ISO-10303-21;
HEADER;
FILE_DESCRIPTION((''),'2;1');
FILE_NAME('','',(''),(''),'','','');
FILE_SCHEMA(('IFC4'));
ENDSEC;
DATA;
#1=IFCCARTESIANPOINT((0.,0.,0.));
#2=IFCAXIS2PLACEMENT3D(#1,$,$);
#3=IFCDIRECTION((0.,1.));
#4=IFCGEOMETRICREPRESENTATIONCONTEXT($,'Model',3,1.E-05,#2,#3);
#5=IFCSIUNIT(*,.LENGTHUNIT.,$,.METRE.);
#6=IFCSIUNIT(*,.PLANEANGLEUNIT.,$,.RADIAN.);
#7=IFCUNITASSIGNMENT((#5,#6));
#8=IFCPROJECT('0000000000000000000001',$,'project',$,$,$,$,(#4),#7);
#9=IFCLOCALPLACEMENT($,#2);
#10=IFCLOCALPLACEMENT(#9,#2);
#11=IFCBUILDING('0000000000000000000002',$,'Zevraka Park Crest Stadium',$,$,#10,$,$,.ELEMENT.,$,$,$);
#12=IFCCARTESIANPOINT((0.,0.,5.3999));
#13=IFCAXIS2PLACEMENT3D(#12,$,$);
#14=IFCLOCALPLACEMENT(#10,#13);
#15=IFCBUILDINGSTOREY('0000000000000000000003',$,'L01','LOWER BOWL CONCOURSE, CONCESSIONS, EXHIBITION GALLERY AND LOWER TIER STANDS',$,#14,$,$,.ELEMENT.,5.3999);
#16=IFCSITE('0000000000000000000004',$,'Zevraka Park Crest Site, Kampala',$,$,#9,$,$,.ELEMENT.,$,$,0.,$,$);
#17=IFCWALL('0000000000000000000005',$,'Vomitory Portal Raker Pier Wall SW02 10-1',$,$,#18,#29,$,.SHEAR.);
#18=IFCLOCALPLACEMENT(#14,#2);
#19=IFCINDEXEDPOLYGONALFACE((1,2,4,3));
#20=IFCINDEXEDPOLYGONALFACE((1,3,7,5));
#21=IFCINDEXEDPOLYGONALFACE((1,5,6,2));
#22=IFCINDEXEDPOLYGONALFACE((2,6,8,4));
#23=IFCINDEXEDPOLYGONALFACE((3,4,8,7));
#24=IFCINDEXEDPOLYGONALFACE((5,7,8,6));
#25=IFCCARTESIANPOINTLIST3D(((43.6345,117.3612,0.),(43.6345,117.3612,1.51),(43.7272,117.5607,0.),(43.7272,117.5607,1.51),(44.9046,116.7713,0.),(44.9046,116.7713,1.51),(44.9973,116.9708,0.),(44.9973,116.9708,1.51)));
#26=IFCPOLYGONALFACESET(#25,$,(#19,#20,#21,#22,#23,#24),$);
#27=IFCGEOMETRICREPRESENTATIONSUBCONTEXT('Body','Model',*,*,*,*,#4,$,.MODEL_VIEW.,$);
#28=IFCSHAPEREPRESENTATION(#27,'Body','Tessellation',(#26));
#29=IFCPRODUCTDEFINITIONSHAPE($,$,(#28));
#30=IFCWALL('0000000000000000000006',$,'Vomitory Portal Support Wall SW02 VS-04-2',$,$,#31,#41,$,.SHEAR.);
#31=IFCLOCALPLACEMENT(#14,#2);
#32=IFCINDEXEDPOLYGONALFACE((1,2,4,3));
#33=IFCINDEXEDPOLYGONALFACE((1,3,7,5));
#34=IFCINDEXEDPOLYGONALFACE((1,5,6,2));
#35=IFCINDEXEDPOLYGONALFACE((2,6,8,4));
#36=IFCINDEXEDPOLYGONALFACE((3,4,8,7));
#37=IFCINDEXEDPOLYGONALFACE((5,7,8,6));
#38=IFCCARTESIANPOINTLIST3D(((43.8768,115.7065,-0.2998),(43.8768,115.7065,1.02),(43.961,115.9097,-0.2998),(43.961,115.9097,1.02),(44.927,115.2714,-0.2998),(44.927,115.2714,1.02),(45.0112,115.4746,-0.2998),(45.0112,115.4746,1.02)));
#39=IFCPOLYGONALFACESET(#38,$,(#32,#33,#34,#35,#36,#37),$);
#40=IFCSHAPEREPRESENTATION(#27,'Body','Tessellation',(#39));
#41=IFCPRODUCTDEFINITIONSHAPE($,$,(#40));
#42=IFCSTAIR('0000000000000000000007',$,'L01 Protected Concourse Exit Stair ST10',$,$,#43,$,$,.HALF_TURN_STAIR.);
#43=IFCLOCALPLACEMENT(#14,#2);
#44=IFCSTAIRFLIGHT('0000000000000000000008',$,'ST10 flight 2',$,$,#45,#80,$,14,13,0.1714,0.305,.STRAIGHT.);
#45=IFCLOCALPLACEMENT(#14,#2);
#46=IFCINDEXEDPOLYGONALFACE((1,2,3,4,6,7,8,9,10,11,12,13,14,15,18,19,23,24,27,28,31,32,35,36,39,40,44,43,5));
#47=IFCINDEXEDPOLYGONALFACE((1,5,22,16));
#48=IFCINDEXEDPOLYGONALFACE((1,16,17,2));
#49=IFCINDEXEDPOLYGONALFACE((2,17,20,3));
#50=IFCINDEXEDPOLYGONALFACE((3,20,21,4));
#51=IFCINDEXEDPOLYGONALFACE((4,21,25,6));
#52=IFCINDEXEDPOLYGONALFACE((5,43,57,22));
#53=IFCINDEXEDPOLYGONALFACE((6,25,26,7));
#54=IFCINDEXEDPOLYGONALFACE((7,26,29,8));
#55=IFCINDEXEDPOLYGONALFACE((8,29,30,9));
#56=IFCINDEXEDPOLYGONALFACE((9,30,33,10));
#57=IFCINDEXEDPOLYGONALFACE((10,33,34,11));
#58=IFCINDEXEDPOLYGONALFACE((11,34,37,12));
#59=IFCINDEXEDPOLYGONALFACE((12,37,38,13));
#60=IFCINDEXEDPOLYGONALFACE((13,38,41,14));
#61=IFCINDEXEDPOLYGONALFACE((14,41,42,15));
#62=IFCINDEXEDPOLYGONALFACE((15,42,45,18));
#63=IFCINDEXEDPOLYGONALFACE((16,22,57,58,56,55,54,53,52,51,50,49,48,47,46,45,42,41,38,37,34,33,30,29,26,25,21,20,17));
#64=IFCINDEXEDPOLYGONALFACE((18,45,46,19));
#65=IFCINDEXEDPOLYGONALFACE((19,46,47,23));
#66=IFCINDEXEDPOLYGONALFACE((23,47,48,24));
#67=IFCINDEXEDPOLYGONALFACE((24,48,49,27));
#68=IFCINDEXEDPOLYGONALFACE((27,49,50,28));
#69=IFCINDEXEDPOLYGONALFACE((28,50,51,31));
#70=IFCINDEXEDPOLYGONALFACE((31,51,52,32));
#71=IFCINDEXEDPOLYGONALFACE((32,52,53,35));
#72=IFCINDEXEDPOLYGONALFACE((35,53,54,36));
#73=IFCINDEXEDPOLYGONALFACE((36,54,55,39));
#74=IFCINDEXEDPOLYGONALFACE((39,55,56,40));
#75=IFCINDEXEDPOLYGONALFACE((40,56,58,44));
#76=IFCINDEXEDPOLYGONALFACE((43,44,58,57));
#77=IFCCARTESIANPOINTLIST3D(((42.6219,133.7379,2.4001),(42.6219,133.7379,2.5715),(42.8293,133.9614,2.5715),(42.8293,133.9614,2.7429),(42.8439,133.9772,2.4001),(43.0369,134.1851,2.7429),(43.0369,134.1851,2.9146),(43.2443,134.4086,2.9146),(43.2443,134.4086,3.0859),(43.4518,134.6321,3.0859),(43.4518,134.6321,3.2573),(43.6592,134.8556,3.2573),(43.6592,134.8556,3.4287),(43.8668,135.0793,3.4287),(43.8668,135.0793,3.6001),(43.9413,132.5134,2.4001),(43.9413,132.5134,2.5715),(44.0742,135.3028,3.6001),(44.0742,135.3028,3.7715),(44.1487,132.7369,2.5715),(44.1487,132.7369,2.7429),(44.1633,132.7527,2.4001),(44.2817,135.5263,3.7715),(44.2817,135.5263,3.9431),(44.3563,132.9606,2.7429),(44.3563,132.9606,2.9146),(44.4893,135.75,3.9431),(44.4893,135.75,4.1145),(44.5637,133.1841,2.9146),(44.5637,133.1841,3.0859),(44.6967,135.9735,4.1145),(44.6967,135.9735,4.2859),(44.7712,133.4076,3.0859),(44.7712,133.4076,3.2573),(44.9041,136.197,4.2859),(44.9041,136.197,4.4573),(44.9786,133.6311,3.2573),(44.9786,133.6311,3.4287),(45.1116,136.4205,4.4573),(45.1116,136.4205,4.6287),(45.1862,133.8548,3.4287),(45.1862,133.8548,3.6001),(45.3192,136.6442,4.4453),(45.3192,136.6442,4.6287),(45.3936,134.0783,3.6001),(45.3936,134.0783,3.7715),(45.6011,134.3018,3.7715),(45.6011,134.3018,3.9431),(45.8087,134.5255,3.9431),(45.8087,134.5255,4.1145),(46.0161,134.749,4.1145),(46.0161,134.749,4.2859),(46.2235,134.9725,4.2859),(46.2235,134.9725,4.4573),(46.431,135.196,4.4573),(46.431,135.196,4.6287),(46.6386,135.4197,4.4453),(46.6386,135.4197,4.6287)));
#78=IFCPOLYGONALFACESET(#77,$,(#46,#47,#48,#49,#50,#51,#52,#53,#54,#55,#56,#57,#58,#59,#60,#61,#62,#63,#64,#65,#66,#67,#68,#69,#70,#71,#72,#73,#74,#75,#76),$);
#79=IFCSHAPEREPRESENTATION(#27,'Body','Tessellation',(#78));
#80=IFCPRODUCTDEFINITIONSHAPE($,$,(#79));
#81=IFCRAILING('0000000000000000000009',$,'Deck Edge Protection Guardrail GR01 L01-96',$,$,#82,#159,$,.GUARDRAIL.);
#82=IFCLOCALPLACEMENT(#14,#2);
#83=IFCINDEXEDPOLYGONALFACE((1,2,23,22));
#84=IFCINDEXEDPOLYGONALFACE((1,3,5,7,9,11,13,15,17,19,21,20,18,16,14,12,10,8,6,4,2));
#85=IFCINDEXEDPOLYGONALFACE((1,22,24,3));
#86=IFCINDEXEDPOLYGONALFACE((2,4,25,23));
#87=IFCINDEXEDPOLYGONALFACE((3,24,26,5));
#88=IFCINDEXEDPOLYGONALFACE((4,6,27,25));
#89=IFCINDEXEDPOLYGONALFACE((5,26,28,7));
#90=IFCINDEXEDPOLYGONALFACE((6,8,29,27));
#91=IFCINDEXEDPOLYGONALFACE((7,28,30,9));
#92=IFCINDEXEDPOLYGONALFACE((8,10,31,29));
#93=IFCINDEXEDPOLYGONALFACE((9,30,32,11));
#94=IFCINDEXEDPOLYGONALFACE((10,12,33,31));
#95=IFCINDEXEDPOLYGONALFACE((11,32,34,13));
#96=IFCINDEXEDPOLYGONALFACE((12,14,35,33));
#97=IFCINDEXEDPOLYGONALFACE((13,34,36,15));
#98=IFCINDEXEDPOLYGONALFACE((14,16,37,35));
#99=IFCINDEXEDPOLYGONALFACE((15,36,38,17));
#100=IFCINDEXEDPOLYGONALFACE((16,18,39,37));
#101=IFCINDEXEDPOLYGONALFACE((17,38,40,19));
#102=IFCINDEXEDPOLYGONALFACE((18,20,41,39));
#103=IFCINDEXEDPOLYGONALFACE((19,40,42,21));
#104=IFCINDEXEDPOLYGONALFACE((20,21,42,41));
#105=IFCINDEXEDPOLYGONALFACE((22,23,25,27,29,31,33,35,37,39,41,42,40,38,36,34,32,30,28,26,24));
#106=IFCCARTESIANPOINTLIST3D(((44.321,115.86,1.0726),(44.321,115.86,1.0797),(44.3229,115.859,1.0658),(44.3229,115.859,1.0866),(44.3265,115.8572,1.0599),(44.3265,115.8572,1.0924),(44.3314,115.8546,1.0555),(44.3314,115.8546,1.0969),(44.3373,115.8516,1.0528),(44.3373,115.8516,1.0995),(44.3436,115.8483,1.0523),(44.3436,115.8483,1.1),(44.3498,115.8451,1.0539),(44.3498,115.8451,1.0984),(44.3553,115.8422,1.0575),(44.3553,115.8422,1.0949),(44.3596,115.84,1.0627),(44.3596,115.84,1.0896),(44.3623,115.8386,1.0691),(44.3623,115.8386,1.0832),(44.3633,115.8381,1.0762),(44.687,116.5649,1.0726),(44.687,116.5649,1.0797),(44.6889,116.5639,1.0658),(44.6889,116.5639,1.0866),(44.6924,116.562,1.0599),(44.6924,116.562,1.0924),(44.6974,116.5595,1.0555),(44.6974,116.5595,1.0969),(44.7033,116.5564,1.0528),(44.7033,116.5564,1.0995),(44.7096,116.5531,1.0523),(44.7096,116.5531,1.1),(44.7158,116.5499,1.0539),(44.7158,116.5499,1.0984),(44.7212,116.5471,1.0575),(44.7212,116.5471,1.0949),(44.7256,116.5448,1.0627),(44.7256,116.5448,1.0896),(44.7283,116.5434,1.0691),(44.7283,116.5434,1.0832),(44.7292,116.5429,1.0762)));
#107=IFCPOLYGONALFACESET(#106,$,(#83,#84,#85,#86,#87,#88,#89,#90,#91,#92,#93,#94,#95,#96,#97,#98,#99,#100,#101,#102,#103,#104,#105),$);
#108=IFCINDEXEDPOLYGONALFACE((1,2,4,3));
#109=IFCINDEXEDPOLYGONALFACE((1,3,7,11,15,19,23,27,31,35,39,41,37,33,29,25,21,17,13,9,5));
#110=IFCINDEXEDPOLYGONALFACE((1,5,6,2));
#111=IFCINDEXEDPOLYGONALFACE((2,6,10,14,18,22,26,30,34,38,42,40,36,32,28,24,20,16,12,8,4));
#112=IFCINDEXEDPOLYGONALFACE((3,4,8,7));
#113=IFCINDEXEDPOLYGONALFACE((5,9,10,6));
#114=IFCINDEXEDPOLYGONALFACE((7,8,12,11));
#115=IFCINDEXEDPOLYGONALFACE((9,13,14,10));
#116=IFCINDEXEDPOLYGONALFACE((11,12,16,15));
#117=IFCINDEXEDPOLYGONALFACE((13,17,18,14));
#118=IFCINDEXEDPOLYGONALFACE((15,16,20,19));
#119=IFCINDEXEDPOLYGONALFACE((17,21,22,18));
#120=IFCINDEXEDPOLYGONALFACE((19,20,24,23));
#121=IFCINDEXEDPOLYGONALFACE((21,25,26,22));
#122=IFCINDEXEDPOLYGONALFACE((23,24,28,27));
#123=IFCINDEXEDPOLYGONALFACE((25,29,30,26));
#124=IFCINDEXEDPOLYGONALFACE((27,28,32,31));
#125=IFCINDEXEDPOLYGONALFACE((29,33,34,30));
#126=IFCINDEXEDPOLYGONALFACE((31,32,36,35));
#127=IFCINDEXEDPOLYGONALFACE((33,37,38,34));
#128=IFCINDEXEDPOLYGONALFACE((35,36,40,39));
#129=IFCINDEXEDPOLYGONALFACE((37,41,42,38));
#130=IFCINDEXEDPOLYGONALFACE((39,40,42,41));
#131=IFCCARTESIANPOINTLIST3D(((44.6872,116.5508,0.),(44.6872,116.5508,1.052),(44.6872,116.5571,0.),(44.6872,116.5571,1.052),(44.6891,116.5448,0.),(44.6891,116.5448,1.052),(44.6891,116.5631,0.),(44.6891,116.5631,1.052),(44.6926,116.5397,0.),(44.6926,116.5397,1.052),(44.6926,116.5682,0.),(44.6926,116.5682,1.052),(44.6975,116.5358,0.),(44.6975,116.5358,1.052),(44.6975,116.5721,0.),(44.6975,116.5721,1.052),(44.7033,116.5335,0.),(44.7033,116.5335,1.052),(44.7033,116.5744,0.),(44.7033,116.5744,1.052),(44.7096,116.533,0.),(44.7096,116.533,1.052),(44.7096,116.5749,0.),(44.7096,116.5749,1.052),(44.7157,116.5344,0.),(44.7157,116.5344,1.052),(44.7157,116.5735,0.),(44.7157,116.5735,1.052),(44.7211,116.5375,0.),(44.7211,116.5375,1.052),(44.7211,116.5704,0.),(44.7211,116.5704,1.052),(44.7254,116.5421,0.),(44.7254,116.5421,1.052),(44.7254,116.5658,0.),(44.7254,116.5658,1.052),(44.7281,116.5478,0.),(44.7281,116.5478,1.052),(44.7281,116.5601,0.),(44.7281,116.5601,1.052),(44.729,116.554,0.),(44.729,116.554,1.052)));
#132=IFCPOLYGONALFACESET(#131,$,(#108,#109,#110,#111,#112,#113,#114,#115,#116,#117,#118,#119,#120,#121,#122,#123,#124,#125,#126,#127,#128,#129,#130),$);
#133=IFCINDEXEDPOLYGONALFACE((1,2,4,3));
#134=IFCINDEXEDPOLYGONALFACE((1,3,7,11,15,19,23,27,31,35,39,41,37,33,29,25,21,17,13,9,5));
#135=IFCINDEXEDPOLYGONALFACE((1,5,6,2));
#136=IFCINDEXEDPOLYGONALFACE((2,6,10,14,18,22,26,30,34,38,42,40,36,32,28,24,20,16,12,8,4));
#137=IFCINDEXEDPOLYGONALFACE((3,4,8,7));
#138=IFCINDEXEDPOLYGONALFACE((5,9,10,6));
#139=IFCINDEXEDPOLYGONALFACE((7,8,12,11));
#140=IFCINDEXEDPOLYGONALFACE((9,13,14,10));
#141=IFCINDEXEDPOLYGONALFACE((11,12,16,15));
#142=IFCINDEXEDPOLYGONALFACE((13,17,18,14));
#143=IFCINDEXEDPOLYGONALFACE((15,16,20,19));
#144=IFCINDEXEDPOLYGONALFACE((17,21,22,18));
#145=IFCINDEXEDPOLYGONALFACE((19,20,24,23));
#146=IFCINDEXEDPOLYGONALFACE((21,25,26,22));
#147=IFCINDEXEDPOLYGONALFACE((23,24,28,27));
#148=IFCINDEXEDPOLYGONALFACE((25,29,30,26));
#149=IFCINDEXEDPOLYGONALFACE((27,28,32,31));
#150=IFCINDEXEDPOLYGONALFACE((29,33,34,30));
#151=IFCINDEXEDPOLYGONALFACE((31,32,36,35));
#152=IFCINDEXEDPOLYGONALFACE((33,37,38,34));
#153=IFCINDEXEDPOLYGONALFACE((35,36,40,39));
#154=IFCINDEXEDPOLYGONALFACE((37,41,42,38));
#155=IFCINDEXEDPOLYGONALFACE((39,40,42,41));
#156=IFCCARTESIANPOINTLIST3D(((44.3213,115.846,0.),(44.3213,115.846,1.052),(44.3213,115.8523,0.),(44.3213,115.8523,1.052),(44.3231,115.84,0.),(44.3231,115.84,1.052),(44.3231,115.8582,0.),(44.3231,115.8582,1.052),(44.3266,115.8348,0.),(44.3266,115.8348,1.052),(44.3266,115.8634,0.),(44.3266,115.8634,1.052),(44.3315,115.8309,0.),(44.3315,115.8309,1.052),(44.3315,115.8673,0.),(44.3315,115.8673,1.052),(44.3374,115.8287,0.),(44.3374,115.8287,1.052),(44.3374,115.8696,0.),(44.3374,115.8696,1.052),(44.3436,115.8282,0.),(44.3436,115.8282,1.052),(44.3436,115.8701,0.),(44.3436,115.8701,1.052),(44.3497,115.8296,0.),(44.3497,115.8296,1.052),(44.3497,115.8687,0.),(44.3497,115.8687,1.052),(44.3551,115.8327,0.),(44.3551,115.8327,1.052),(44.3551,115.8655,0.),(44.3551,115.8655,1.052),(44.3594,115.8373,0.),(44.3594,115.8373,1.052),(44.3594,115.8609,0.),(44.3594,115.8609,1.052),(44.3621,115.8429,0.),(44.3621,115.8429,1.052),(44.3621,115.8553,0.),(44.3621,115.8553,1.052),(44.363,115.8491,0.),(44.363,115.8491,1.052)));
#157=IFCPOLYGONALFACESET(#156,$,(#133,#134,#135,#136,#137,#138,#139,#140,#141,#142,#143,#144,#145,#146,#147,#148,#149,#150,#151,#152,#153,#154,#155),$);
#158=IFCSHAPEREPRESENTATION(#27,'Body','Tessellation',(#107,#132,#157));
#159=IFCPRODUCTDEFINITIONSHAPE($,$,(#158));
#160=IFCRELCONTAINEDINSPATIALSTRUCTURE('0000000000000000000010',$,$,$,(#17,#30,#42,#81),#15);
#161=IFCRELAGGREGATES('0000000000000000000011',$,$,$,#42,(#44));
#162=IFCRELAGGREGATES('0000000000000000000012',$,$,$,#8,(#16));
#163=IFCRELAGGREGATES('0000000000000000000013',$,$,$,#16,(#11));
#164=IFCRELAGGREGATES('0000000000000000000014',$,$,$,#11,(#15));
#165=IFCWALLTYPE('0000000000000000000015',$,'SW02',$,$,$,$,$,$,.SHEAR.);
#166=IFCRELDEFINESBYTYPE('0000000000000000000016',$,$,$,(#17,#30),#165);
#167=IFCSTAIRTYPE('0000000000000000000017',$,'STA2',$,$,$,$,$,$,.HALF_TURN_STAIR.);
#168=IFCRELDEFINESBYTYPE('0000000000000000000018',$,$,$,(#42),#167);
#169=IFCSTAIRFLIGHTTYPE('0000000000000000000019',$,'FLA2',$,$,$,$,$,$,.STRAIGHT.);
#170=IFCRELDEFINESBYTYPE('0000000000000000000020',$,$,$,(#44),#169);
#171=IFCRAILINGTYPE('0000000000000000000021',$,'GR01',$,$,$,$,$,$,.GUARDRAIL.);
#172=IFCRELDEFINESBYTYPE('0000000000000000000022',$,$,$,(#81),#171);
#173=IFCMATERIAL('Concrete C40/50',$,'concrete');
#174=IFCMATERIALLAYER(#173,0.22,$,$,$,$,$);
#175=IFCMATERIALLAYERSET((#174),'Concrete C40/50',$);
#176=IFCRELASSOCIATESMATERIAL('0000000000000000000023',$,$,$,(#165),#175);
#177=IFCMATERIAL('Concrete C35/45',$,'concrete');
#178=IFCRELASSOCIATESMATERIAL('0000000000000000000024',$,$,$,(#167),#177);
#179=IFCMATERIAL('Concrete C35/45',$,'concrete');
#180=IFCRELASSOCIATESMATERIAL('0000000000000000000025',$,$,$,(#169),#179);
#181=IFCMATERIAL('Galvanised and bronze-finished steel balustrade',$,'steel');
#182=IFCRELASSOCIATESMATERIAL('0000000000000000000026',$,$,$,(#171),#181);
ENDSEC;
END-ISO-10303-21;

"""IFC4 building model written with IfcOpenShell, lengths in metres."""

from ifc_helpers import new_model, si_unit, direction, frame, frame_2d, origin, origin_2d, place, context, subcontext, project, spatial, polyline, rectangle, circle, outline, extrude, material, layer, layer_set, type_object, element, aggregate, save


model = new_model("IFC4")

# Units and contexts
model_context = context("Model", 3, precision=1e-05, world=origin(), true_north=direction((0.0, 1.0)))
body_context = subcontext(model_context, "Body", "Model", "MODEL_VIEW")
ifc_project = project(units=[si_unit("LENGTHUNIT", "METRE"), si_unit("PLANEANGLEUNIT", "RADIAN")], contexts=[model_context])

# Site, building, storey
site_placement = place(None, origin())
site = spatial("IfcSite", under=ifc_project, at=site_placement, Name="Zevraka Park Crest Site, Kampala", CompositionType="ELEMENT", RefElevation=0.0)
building_placement = place(site_placement, origin())
building = spatial("IfcBuilding", under=site, at=building_placement, Name="Zevraka Park Crest Stadium", CompositionType="ELEMENT")
storey_placement = place(building_placement, frame((0.0, 0.0, 5.3999)))
storey = spatial("IfcBuildingStorey", under=building, at=storey_placement, Name="L01", Description="LOWER BOWL CONCOURSE, CONCESSIONS, EXHIBITION GALLERY AND LOWER TIER STANDS", CompositionType="ELEMENT", Elevation=5.3999)

# Walls
ifc_material_1 = material(Name="Concrete C40/50", Category="concrete")
ifc_layer_1 = layer(ifc_material_1, 0.22)
ifc_layer_set_1 = layer_set([ifc_layer_1], Name="Concrete C40/50")
wall_type_1 = type_object("IfcWallType", Name="SW02", PredefinedType="SHEAR", material=ifc_layer_set_1)
wall_1_placement = place(storey_placement, frame((44.9509, 116.8711, 0.0), z_axis=(0.0, 0.0, 1.0), x_axis=(-0.906957, 0.421224, 0.0)))
element("IfcWall", 1, at=wall_1_placement, inside=storey, type_object=wall_type_1, Name="Vomitory Portal Raker Pier Wall SW02 10-1", PredefinedType="SHEAR", context=body_context, shape_type="SweptSolid", body=[
    extrude(rectangle(XDim=1.4004, YDim=0.22, at=frame_2d((0.7002, 0.0))), origin(), (0.0, 0.0, 1.0), 1.51),
])
wall_2_placement = place(storey_placement, frame((43.9189, 115.8081, -0.2998), z_axis=(0.0, 0.0, 1.0), x_axis=(0.923844, -0.382769, 0.0)))
element("IfcWall", 2, at=wall_2_placement, inside=storey, type_object=wall_type_1, Name="Vomitory Portal Support Wall SW02 VS-04-2", PredefinedType="SHEAR", context=body_context, shape_type="SweptSolid", body=[
    extrude(rectangle(XDim=1.1367, YDim=0.22, at=frame_2d((0.5684, 0.0))), origin(), (0.0, 0.0, 1.0), 1.3198),
])

# Stair, stair flight
ifc_material_2 = material(Name="Concrete C35/45", Category="concrete")
stair_type = type_object("IfcStairType", Name="STA2", PredefinedType="HALF_TURN_STAIR", material=ifc_material_2)
stair_placement = place(storey_placement, origin())
stair = element("IfcStair", 3, at=stair_placement, inside=storey, type_object=stair_type, Name="L01 Protected Concourse Exit Stair ST10", PredefinedType="HALF_TURN_STAIR")
ifc_material_3 = material(Name="Concrete C35/45", Category="concrete")
stair_flight_type = type_object("IfcStairFlightType", Name="FLA2", PredefinedType="STRAIGHT", material=ifc_material_3)
stair_flight_placement = place(storey_placement, frame((43.2815, 133.1257, 2.4001), z_axis=(0.0, 0.0, 1.0), x_axis=(0.680255, 0.732975, 0.0)))
stair_flight = element("IfcStairFlight", 4, at=stair_flight_placement, type_object=stair_flight_type, Name="ST10 flight 2", NumberOfRisers=14, NumberOfTreads=13, PredefinedType="STRAIGHT", RiserHeight=0.1714, TreadLength=0.305, context=body_context, shape_type="SweptSolid", body=[
    extrude(outline(polyline([(0.0, 0.0), (0.0, 0.1714), (0.3049, 0.1714), (0.3049, 0.3428), (0.6101, 0.3428), (0.6101, 0.5144), (0.915, 0.5144), (0.915, 0.6858), (1.22, 0.6858), (1.22, 0.8572), (1.5249, 0.8572), (1.5249, 1.0286), (1.8301, 1.0286), (1.8301, 1.2), (2.135, 1.2), (2.135, 1.3713), (2.4399, 1.3713), (2.4399, 1.543), (2.7451, 1.543), (2.7451, 1.7144), (3.05, 1.7144), (3.05, 1.8857), (3.355, 1.8857), (3.355, 2.0571), (3.6599, 2.0571), (3.6599, 2.2285), (3.9651, 2.2285), (3.9651, 2.3999), (3.9651, 2.0452), (0.3264, 0.0), (0.0, 0.0)])), frame((0.0, 0.8999, 0.0), z_axis=(0.0, -1.0, 0.0), x_axis=(1.0, 0.0, 0.0)), (0.0, 0.0, 1.0), 1.8),
])
aggregate(stair, [stair_flight])

# Railing
ifc_material_4 = material(Name="Galvanised and bronze-finished steel balustrade", Category="steel")
railing_type_1 = type_object("IfcRailingType", Name="GR01", PredefinedType="GUARDRAIL", material=ifc_material_4)
railing_1_placement = place(storey_placement, frame((44.708, 116.554, 0.0)))
element("IfcRailing", 5, at=railing_1_placement, inside=storey, type_object=railing_type_1, Name="Deck Edge Protection Guardrail GR01 L01-96", PredefinedType="GUARDRAIL", context=body_context, shape_type="SweptSolid", body=[
    extrude(circle(Radius=0.0239, at=origin_2d()), frame((0.0, 0.0, 1.0762), z_axis=(-0.460811, -0.887498, 0.0), x_axis=(0.887498, -0.460811, 0.0)), (0.0, 0.0, 1.0), 0.7942),
    extrude(circle(Radius=0.021, at=origin_2d()), origin(), (0.0, 0.0, 1.0), 1.052),
    extrude(circle(Radius=0.021, at=origin_2d()), frame((-0.366, -0.7048, 0.0)), (0.0, 0.0, 1.0), 1.052),
])

save(model, "model.ifc")
